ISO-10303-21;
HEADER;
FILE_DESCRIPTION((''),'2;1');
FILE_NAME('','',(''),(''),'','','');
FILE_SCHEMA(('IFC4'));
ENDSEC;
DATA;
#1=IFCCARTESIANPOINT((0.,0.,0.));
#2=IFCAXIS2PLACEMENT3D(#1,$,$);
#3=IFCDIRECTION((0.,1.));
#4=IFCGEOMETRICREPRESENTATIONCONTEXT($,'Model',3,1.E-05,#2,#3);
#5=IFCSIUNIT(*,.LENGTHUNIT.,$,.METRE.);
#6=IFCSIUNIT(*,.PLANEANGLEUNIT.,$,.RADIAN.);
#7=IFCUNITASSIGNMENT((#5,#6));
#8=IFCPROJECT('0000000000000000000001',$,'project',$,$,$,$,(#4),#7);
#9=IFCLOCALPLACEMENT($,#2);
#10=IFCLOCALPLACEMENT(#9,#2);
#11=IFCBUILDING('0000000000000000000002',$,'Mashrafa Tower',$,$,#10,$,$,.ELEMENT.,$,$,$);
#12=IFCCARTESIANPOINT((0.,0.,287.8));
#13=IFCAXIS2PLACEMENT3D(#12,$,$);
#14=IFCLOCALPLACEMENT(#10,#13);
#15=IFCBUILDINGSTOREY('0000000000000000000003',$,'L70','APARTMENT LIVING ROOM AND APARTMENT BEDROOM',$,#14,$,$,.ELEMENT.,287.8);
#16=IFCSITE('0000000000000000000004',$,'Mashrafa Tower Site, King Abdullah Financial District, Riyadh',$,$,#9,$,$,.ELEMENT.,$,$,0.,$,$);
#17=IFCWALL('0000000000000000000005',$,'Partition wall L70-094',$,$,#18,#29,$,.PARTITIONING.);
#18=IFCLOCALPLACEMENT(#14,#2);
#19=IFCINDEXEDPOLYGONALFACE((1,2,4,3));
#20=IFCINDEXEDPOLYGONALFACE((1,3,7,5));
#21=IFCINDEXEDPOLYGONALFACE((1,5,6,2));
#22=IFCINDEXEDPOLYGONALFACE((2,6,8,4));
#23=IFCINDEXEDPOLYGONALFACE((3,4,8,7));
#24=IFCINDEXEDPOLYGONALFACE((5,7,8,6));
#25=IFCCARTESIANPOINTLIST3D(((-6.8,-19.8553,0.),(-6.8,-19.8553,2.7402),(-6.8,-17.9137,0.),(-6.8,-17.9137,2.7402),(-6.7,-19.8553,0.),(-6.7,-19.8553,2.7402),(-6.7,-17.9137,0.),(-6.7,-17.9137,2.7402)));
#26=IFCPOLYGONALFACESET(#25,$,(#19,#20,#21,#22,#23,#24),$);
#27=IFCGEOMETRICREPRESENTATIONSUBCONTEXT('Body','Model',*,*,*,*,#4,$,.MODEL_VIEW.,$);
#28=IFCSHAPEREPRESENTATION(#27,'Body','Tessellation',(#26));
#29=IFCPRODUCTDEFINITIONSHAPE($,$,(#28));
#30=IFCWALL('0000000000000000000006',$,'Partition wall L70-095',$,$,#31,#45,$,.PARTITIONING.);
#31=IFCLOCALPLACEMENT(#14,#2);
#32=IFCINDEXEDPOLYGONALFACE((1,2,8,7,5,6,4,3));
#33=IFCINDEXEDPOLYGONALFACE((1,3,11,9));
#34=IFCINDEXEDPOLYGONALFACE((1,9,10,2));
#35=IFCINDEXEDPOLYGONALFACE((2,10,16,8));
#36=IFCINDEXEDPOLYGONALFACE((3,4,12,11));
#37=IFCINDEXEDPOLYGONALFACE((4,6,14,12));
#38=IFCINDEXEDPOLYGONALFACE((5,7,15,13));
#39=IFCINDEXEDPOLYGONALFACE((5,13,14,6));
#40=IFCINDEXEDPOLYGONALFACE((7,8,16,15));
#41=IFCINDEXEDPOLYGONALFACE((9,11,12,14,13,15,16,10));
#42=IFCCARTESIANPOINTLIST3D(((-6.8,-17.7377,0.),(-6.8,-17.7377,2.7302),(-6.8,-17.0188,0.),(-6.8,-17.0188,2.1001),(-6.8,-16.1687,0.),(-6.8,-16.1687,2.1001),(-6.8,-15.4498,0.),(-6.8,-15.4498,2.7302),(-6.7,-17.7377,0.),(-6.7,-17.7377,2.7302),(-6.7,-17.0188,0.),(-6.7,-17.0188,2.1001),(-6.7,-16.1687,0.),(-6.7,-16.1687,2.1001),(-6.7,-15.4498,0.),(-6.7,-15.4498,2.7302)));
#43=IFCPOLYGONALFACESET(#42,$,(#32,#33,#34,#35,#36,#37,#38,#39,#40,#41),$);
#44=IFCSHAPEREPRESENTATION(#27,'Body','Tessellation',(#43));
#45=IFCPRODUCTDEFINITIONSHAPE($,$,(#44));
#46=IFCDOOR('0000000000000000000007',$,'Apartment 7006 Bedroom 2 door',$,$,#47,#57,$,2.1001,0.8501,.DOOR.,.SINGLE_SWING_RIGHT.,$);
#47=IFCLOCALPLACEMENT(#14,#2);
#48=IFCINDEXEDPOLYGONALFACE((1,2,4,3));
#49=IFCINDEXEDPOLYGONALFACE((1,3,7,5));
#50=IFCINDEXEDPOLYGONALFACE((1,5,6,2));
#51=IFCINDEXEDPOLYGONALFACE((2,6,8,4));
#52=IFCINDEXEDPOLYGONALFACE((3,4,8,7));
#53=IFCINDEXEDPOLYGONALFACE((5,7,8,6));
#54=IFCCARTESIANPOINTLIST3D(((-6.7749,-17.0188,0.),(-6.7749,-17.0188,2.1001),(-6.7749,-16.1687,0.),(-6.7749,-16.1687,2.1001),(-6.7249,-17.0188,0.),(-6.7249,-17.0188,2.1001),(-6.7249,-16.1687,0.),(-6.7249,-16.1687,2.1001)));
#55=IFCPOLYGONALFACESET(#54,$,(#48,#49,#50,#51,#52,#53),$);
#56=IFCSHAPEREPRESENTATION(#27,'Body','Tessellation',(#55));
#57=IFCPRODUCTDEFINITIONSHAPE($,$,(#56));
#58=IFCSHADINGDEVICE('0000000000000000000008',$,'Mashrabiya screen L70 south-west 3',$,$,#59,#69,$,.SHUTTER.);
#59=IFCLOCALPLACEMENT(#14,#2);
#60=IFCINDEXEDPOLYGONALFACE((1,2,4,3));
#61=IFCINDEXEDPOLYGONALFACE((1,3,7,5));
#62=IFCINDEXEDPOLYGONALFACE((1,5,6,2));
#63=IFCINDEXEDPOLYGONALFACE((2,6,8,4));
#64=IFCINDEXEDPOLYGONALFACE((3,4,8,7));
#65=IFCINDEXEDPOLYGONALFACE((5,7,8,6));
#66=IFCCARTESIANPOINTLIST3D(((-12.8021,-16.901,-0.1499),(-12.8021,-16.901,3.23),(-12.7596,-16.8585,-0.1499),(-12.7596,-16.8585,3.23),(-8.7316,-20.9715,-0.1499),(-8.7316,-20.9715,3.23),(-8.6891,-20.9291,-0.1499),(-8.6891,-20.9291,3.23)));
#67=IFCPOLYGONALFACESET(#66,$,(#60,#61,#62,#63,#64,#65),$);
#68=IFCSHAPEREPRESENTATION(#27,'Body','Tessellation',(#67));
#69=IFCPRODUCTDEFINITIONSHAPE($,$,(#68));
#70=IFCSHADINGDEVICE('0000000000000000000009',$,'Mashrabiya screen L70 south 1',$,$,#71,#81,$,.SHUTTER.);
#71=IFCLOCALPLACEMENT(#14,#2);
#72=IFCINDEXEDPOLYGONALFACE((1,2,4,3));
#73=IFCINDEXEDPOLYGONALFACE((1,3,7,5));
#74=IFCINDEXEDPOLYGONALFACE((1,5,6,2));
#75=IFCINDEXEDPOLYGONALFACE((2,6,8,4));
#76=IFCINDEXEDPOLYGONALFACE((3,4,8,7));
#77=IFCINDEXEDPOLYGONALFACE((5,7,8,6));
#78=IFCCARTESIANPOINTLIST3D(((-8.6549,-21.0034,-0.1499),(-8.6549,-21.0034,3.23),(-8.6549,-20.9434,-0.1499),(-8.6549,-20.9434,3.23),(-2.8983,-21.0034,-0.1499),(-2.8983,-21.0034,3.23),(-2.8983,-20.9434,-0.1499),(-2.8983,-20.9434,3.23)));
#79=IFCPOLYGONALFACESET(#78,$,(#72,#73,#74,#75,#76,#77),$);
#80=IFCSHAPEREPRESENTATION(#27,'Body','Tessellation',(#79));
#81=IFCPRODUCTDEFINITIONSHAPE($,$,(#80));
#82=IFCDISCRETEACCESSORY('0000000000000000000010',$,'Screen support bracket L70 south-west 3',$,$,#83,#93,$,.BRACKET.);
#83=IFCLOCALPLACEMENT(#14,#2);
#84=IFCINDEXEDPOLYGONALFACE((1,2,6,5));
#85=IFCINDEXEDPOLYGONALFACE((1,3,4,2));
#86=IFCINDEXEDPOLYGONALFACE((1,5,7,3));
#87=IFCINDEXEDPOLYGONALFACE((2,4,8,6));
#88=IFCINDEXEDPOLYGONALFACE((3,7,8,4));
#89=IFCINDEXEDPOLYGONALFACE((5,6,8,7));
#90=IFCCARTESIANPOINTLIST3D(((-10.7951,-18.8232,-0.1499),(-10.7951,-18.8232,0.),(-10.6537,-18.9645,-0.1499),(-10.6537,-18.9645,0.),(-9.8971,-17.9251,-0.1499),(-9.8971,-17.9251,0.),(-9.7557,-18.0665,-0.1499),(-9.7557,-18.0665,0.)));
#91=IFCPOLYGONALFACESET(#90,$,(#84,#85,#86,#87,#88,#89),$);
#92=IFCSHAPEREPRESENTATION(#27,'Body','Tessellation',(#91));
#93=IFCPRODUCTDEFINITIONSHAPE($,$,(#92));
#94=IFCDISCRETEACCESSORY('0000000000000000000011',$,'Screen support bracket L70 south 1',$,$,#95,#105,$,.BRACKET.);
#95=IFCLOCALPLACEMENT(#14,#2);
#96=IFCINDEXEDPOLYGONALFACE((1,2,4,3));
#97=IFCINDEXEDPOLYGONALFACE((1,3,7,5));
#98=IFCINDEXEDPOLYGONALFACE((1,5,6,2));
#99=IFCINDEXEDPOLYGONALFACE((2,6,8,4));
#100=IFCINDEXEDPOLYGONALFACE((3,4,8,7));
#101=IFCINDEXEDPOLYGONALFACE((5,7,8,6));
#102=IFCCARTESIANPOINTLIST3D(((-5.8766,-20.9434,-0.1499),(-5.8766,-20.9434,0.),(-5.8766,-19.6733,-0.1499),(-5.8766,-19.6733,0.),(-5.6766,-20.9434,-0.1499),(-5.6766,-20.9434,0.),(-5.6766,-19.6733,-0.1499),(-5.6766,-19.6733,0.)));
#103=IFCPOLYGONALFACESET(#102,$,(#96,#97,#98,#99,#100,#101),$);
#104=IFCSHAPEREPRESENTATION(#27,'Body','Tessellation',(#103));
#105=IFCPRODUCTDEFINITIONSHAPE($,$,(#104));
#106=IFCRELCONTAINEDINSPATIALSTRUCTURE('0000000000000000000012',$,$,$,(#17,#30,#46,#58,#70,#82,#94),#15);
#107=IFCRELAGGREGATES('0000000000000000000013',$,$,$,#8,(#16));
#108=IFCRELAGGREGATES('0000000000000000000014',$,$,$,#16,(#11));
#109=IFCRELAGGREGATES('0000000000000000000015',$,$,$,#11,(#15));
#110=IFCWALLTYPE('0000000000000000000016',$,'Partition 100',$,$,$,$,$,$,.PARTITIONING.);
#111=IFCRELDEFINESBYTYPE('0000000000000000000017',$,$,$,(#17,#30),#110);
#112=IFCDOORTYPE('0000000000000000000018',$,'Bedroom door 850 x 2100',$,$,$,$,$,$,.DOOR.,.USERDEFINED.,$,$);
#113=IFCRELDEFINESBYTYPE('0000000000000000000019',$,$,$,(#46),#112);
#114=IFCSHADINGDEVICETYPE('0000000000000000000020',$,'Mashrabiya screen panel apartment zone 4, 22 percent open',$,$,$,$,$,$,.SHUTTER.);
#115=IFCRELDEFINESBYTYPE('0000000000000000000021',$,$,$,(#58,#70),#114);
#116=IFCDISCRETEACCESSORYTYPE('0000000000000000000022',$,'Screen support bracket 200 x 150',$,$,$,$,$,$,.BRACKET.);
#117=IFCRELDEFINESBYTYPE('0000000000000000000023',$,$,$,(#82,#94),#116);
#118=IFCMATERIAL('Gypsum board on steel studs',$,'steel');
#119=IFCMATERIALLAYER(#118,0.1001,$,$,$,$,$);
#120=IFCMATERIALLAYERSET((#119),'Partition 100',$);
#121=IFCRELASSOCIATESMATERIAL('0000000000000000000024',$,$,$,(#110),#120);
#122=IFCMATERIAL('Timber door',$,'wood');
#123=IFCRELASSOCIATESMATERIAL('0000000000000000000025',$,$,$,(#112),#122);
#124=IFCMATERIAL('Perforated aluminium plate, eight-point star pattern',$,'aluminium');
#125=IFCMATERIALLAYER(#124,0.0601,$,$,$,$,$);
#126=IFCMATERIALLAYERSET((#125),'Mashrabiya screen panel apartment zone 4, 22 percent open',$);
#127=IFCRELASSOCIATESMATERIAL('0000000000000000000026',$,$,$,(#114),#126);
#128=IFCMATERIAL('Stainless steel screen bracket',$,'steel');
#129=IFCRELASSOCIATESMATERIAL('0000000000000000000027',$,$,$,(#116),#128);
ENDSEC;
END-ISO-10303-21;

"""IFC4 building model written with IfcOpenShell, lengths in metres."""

from ifc_helpers import new_model, si_unit, direction, frame, frame_2d, origin, origin_2d, place, context, subcontext, project, spatial, rectangle, extrude, source, transform, mapped, material, layer, layer_set, type_object, type_shapes, element, fill, save


model = new_model("IFC4")

# Units and contexts
model_context = context("Model", 3, precision=1e-05, world=origin(), true_north=direction((0.0, 1.0)))
body_context = subcontext(model_context, "Body", "Model", "MODEL_VIEW")
ifc_project = project(units=[si_unit("LENGTHUNIT", "METRE"), si_unit("PLANEANGLEUNIT", "RADIAN")], contexts=[model_context])

# Site, building, storey
site_placement = place(None, origin())
site = spatial("IfcSite", under=ifc_project, at=site_placement, Name="Mashrafa Tower Site, King Abdullah Financial District, Riyadh", CompositionType="ELEMENT", RefElevation=0.0)
building_placement = place(site_placement, origin())
building = spatial("IfcBuilding", under=site, at=building_placement, Name="Mashrafa Tower", CompositionType="ELEMENT")
storey_placement = place(building_placement, frame((0.0, 0.0, 287.8)))
storey = spatial("IfcBuildingStorey", under=building, at=storey_placement, Name="L70", Description="APARTMENT LIVING ROOM AND APARTMENT BEDROOM", CompositionType="ELEMENT", Elevation=287.8)

# Wall
ifc_material_1 = material(Name="Gypsum board on steel studs", Category="steel")
ifc_layer_1 = layer(ifc_material_1, 0.1001)
ifc_layer_set_1 = layer_set([ifc_layer_1], Name="Partition 100")
wall_type = type_object("IfcWallType", Name="Partition 100", PredefinedType="PARTITIONING", material=ifc_layer_set_1)
wall_1_placement = place(storey_placement, frame((-6.75, -19.8552, 0.0), z_axis=(0.0, 0.0, 1.0), x_axis=(0.0, 1.0, 0.0)))
element("IfcWall", 1, at=wall_1_placement, inside=storey, type_object=wall_type, Name="Partition wall L70-094", PredefinedType="PARTITIONING", context=body_context, shape_type="SweptSolid", body=[
    extrude(rectangle(XDim=1.9417, YDim=0.1001, at=frame_2d((0.9707, 0.0))), origin(), (0.0, 0.0, 1.0), 2.7402),
])

# Wall, opening, door
wall_2_placement = place(storey_placement, frame((-6.75, -17.7378, 0.0), z_axis=(0.0, 0.0, 1.0), x_axis=(0.0, 1.0, 0.0)))
wall_2 = element("IfcWall", 2, at=wall_2_placement, inside=storey, type_object=wall_type, Name="Partition wall L70-095", PredefinedType="PARTITIONING", context=body_context, shape_type="SweptSolid", body=[
    extrude(rectangle(XDim=2.2878, YDim=0.1001, at=frame_2d((1.144, 0.0))), origin(), (0.0, 0.0, 1.0), 2.7302),
])
opening_placement = place(wall_2_placement, frame((0.719, 0.0, 0.0)))
opening = element("IfcOpeningElement", 3, at=opening_placement, cuts=wall_2, PredefinedType="OPENING", context=body_context, shape_type="SweptSolid", body=[
    extrude(rectangle(XDim=0.8501, YDim=2.1001, at=frame_2d((0.425, 1.05))), frame((0.0, 0.0601, 0.0), z_axis=(0.0, -1.0, 0.0), x_axis=(1.0, 0.0, 0.0)), (0.0, 0.0, 1.0), 0.1201),
])
ifc_material_2 = material(Name="Timber door", Category="wood")
door_type = type_object("IfcDoorType", Name="Bedroom door 850 x 2100", OperationType="USERDEFINED", PredefinedType="DOOR", material=ifc_material_2)
door_placement = place(opening_placement, origin())
door = element("IfcDoor", 4, at=door_placement, inside=storey, type_object=door_type, Name="Apartment 7006 Bedroom 2 door", OperationType="SINGLE_SWING_RIGHT", OverallHeight=2.1001, OverallWidth=0.8501, PredefinedType="DOOR", context=body_context, shape_type="SweptSolid", body=[
    extrude(rectangle(XDim=0.8501, YDim=2.1001, at=frame_2d((0.425, 1.05))), frame((0.0, 0.0249, 0.0), z_axis=(0.0, -1.0, 0.0), x_axis=(1.0, 0.0, 0.0)), (0.0, 0.0, 1.0), 0.05),
])
fill(opening, door)

# Shading devices
ifc_material_3 = material(Name="Perforated aluminium plate, eight-point star pattern", Category="aluminium")
ifc_layer_2 = layer(ifc_material_3, 0.0601)
ifc_layer_set_2 = layer_set([ifc_layer_2], Name="Mashrabiya screen panel apartment zone 4, 22 percent open")
shading_device_type = type_object("IfcShadingDeviceType", Name="Mashrabiya screen panel apartment zone 4, 22 percent open", PredefinedType="SHUTTER", material=ifc_layer_set_2)
shared_shape_1 = source(origin(), body_context, "Body", "SweptSolid", [
    extrude(rectangle(XDim=5.7566, YDim=0.0601, at=origin_2d()), origin(), (0.0, 0.0, 1.0), 3.3799),
])
type_shapes(shading_device_type, [shared_shape_1])
for number, where, z_axis, x_axis, name in (
    (5, (-10.7456, -18.915, -0.1499), (0.0, 0.0, 1.0), (0.707107, -0.707107, 0.0), "Mashrabiya screen L70 south-west 3"),
    (6, (-5.7766, -20.9734, -0.1499), (0.0, 0.0, 1.0), (1.0, 0.0, 0.0), "Mashrabiya screen L70 south 1"),
):
    element("IfcShadingDevice", number, at=place(storey_placement, frame(where, z_axis=z_axis, x_axis=x_axis)), inside=storey, type_object=shading_device_type, Name=name, PredefinedType="SHUTTER", context=body_context, shape_type="MappedRepresentation", body=[
        mapped(shared_shape_1, transform((0.0, 0.0, 0.0))),
    ])

# Discrete accessories
ifc_material_4 = material(Name="Stainless steel screen bracket", Category="steel")
discrete_accessory_type = type_object("IfcDiscreteAccessoryType", Name="Screen support bracket 200 x 150", PredefinedType="BRACKET", material=ifc_material_4)
shared_shape_2 = source(origin(), body_context, "Body", "SweptSolid", [
    extrude(rectangle(XDim=0.2, YDim=1.27, at=origin_2d()), origin(), (0.0, 0.0, 1.0), 0.1499),
])
type_shapes(discrete_accessory_type, [shared_shape_2])
for number, where, z_axis, x_axis, name in (
    (7, (-10.2754, -18.4448, -0.1499), (0.0, 0.0, 1.0), (0.707107, -0.707107, 0.0), "Screen support bracket L70 south-west 3"),
    (8, (-5.7766, -20.3083, -0.1499), (0.0, 0.0, 1.0), (1.0, 0.0, 0.0), "Screen support bracket L70 south 1"),
):
    element("IfcDiscreteAccessory", number, at=place(storey_placement, frame(where, z_axis=z_axis, x_axis=x_axis)), inside=storey, type_object=discrete_accessory_type, Name=name, PredefinedType="BRACKET", context=body_context, shape_type="MappedRepresentation", body=[
        mapped(shared_shape_2, transform((0.0, 0.0, 0.0))),
    ])

save(model, "model.ifc")
